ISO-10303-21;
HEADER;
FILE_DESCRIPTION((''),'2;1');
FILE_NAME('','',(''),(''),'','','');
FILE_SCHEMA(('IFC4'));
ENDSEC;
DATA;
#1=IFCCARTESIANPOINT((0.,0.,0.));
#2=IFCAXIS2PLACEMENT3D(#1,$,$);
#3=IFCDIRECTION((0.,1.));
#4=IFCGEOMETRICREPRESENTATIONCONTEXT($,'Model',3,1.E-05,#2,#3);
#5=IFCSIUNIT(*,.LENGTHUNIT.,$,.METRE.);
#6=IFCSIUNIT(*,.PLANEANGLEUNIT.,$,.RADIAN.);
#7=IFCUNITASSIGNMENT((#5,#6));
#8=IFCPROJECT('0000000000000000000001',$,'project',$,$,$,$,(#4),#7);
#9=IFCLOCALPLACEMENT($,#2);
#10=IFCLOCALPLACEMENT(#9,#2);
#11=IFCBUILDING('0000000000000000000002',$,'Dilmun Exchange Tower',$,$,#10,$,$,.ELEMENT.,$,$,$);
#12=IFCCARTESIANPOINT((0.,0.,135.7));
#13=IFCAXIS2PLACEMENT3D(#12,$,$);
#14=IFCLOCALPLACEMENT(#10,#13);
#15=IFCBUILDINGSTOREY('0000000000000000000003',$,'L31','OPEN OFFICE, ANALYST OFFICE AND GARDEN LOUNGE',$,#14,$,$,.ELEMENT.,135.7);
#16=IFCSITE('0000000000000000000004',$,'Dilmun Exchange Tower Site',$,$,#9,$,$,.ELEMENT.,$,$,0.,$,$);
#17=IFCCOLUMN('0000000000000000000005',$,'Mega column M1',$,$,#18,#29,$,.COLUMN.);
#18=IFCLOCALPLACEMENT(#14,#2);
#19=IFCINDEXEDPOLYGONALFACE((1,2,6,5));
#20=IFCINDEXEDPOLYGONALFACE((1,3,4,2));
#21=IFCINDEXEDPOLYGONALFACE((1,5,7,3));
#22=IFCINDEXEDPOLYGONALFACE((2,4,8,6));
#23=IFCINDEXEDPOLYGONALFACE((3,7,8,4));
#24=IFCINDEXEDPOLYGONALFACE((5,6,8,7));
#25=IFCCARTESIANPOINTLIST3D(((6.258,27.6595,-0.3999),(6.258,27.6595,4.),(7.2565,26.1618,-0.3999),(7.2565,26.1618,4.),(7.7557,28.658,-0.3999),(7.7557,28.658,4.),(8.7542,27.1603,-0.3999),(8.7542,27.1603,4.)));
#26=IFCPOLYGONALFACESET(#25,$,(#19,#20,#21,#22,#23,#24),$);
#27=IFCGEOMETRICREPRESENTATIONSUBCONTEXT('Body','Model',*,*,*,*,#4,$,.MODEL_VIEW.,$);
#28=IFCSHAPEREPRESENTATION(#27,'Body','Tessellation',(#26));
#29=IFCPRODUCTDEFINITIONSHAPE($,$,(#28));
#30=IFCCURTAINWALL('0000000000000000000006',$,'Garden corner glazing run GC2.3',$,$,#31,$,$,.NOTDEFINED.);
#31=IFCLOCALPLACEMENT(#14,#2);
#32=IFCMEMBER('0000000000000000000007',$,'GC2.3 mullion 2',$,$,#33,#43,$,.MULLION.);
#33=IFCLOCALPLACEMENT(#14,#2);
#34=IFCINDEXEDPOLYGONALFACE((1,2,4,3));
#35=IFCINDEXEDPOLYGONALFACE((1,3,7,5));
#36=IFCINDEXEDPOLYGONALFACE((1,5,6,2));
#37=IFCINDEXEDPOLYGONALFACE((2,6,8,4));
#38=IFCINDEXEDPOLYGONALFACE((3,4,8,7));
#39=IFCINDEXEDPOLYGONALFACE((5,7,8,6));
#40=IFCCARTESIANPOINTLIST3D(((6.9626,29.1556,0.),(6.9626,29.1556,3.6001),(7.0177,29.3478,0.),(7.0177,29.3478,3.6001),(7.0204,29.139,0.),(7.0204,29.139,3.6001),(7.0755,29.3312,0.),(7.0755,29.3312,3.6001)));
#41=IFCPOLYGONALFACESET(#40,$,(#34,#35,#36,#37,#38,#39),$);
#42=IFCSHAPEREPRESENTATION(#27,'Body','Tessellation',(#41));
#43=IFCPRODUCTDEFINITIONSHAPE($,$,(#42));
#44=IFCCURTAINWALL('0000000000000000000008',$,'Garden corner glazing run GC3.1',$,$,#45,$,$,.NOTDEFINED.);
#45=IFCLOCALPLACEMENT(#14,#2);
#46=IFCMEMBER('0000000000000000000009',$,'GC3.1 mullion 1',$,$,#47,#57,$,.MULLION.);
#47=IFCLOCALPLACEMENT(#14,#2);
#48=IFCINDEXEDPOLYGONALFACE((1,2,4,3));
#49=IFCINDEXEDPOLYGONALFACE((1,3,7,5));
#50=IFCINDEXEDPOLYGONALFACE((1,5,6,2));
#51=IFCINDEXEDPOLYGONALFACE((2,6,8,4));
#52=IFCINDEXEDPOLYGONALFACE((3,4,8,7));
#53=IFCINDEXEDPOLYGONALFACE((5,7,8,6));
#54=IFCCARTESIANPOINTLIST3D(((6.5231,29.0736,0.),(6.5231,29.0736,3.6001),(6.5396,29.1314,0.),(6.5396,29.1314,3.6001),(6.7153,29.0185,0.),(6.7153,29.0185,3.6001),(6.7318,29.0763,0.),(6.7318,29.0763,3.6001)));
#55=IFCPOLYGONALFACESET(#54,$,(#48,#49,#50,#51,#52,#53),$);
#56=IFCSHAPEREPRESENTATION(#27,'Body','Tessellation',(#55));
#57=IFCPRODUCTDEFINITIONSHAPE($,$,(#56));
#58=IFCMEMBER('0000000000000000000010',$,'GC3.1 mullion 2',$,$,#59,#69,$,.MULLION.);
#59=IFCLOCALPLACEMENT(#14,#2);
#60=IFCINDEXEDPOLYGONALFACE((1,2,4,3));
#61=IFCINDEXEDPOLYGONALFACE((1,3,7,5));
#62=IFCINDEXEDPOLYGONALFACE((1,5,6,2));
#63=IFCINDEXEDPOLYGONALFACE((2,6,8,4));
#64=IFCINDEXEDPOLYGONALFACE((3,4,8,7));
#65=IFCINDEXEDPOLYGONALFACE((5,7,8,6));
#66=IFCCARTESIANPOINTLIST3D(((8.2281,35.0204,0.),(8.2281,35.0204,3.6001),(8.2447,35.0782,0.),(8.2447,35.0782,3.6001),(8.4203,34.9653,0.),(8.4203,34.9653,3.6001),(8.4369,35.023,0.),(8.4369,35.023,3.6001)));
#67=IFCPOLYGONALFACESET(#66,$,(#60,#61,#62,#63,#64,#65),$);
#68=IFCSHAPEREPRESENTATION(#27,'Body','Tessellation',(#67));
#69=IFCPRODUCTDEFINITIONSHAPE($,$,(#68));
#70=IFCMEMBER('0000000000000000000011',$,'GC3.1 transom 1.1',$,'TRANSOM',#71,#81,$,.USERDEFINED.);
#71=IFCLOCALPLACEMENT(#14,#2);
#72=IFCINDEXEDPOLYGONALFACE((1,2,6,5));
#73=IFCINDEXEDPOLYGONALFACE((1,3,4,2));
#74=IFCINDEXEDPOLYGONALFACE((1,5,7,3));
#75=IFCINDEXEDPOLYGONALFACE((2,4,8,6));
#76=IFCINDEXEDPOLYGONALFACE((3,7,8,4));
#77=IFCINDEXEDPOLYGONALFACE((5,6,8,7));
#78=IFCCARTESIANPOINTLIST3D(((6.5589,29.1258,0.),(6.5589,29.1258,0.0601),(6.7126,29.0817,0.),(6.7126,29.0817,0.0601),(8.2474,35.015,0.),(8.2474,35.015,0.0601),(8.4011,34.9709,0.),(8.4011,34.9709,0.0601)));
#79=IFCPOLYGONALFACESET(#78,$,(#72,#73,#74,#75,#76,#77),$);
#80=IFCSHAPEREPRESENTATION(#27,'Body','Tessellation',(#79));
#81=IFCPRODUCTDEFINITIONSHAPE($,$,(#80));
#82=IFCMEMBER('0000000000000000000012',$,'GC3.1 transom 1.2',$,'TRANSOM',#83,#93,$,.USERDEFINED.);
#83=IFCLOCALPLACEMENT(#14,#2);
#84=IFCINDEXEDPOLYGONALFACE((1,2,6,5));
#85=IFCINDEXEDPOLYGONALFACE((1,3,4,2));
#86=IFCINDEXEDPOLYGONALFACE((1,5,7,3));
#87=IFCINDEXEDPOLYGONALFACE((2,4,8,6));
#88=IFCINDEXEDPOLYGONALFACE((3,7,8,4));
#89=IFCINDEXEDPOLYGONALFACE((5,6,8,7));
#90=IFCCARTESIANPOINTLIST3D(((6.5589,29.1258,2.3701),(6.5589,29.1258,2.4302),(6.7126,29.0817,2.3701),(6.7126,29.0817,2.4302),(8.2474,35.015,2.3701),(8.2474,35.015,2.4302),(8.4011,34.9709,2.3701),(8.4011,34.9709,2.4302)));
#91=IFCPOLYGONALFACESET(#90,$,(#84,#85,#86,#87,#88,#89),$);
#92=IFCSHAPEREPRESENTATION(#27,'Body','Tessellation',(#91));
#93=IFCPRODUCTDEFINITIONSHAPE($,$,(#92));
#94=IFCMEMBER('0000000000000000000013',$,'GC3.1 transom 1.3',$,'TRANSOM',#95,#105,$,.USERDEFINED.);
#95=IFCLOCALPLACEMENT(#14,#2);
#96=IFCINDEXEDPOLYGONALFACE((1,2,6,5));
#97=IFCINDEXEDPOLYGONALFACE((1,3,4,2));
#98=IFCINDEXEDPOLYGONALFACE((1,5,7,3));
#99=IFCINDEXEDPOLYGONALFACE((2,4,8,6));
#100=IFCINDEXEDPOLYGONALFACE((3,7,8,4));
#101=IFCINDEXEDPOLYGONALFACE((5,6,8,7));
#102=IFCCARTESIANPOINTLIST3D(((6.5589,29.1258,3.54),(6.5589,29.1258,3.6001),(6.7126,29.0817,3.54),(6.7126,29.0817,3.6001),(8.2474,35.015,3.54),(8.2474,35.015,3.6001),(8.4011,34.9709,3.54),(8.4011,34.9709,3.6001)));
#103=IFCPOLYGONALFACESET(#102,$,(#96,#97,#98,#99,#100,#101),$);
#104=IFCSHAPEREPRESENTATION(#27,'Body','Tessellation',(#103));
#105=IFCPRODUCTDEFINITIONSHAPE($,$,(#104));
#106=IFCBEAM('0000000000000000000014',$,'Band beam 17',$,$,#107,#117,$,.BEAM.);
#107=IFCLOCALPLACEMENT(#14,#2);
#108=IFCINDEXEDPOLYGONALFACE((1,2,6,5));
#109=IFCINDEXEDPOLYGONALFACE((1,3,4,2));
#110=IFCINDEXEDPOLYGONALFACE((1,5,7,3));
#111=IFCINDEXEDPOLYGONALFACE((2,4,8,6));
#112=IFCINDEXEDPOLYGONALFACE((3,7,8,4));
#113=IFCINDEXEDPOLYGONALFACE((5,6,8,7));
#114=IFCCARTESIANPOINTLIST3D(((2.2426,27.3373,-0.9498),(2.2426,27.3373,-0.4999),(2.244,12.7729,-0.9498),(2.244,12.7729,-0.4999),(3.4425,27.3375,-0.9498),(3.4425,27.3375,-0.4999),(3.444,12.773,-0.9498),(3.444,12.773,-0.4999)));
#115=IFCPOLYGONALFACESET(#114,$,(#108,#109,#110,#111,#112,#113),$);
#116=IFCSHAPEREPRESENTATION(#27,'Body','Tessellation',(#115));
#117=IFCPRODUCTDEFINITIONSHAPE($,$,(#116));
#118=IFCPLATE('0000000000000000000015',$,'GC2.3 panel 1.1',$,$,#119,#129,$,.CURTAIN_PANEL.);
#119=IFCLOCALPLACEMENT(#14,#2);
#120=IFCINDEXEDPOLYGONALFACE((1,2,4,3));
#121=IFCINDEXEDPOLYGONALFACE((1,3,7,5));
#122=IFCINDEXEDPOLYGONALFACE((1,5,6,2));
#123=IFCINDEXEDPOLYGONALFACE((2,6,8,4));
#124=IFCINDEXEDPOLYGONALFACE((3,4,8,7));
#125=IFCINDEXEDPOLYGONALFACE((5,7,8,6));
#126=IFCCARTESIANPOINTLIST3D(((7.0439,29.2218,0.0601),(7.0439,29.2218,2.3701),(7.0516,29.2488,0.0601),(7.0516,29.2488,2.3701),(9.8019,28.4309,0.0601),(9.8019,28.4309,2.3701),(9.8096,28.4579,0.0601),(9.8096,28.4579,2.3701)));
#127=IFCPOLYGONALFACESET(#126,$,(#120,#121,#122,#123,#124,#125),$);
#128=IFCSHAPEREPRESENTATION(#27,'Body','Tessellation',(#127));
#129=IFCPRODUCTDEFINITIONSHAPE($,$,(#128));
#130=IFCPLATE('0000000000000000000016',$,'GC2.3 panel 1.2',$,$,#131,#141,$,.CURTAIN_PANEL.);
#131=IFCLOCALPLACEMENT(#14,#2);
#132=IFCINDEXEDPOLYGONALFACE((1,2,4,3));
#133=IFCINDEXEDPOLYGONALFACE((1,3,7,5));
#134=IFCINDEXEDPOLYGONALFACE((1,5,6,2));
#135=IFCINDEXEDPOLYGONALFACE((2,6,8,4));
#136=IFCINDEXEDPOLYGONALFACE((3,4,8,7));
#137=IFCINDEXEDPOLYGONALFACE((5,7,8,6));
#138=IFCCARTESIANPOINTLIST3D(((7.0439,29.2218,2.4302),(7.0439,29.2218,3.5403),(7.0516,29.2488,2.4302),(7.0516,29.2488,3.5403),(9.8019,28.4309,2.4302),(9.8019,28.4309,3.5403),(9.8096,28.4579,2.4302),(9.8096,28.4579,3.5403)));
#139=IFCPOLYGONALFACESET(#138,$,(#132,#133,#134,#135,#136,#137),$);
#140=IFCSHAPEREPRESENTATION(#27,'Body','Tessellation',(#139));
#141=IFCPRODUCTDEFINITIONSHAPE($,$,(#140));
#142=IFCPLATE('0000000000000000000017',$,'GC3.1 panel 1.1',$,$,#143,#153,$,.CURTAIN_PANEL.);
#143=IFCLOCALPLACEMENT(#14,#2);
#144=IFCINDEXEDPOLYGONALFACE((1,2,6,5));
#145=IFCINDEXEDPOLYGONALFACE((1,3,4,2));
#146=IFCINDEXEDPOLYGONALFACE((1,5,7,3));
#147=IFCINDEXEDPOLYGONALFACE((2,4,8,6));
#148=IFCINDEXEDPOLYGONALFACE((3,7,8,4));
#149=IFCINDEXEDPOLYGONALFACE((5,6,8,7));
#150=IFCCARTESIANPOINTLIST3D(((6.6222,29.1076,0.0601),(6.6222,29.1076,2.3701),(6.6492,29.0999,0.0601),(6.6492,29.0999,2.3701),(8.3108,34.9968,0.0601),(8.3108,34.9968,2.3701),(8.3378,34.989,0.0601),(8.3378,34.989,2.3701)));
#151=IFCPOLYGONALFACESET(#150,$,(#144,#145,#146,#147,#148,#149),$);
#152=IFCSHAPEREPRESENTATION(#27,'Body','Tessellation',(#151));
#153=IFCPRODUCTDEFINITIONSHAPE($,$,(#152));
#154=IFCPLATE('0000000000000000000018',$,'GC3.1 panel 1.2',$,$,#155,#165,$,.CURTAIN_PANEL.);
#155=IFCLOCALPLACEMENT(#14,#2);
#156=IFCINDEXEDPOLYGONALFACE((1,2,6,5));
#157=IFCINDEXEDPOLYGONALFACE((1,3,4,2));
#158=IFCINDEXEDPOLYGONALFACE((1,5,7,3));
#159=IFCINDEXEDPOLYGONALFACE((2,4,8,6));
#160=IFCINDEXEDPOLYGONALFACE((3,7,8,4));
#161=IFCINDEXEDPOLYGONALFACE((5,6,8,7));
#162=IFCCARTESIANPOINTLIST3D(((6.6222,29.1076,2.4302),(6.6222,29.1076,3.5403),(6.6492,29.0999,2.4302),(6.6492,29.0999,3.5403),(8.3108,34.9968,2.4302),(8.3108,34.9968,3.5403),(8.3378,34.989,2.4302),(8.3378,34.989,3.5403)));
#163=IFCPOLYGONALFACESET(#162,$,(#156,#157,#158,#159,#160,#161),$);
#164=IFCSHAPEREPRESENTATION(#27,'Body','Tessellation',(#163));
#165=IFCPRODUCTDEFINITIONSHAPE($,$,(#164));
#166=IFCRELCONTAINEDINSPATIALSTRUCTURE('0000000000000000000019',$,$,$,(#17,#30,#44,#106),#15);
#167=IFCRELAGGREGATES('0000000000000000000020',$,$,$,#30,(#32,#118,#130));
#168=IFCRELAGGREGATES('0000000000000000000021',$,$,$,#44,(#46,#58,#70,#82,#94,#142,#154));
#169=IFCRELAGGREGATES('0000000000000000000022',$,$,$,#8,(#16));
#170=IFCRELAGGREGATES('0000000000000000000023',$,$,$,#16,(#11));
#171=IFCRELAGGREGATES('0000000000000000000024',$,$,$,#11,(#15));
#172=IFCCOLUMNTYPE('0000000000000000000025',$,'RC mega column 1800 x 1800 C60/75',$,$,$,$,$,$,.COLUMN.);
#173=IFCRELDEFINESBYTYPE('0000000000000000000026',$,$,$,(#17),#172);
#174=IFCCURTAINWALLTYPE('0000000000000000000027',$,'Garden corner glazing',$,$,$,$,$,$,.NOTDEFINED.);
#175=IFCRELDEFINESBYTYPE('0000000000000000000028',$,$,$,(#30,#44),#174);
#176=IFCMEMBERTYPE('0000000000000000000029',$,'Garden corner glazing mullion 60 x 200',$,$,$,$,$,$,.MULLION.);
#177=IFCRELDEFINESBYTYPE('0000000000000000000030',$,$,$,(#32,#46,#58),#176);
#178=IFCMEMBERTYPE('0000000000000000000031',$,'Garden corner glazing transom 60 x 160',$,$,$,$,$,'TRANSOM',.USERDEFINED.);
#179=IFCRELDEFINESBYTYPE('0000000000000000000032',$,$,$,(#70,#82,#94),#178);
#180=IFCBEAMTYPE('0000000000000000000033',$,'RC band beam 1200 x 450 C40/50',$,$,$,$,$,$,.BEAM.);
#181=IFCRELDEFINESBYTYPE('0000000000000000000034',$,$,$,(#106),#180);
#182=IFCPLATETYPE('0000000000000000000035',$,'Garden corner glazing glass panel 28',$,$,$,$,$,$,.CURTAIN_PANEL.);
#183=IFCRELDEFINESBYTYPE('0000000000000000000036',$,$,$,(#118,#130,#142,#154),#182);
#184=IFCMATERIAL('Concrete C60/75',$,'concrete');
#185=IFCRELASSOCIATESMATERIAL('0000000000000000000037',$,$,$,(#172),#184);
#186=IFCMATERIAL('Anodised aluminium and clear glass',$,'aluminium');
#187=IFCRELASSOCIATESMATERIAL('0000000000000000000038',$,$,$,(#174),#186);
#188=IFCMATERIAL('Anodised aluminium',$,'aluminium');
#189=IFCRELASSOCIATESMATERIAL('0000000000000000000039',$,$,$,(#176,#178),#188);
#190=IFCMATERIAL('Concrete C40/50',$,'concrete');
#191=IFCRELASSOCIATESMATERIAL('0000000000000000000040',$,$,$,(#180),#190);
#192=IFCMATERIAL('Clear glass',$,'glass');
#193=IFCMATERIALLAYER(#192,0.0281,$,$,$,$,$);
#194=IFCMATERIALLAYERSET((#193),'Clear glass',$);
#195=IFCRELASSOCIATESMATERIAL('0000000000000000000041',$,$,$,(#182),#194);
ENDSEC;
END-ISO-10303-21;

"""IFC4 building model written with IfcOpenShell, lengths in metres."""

from ifc_helpers import new_model, si_unit, direction, frame, origin, origin_2d, place, context, subcontext, project, spatial, rectangle, extrude, material, layer, layer_set, material_profile, profile_set, type_object, element, aggregate, save


model = new_model("IFC4")

# Units and contexts
model_context = context("Model", 3, precision=1e-05, world=origin(), true_north=direction((0.0, 1.0)))
body_context = subcontext(model_context, "Body", "Model", "MODEL_VIEW")
ifc_project = project(units=[si_unit("LENGTHUNIT", "METRE"), si_unit("PLANEANGLEUNIT", "RADIAN")], contexts=[model_context])

# Site, building, storey
site_placement = place(None, origin())
site = spatial("IfcSite", under=ifc_project, at=site_placement, Name="Dilmun Exchange Tower Site", CompositionType="ELEMENT", RefElevation=0.0)
building_placement = place(site_placement, origin())
building = spatial("IfcBuilding", under=site, at=building_placement, Name="Dilmun Exchange Tower", CompositionType="ELEMENT")
storey_placement = place(building_placement, frame((0.0, 0.0, 135.7)))
storey = spatial("IfcBuildingStorey", under=building, at=storey_placement, Name="L31", Description="OPEN OFFICE, ANALYST OFFICE AND GARDEN LOUNGE", CompositionType="ELEMENT", Elevation=135.7)

# Column
ifc_material_1 = material(Name="Concrete C60/75", Category="concrete")
ifc_material_profile_1 = material_profile(ifc_material_1, rectangle(XDim=1.8, YDim=1.8, at=origin_2d()), Name="1800 x 1800")
ifc_profile_set_1 = profile_set([ifc_material_profile_1], Name="Concrete C60/75")
column_type = type_object("IfcColumnType", Name="RC mega column 1800 x 1800 C60/75", PredefinedType="COLUMN", material=ifc_profile_set_1)
column_placement = place(storey_placement, frame((7.5061, 27.4099, -0.3999), z_axis=(0.0, 0.0, 1.0), x_axis=(0.832029, 0.554733, 0.0)))
element("IfcColumn", 1, at=column_placement, inside=storey, type_object=column_type, Name="Mega column M1", PredefinedType="COLUMN", context=body_context, shape_type="SweptSolid", body=[
    extrude(rectangle(XDim=1.8, YDim=1.8, at=origin_2d()), origin(), (0.0, 0.0, 1.0), 4.3999),
])

# Curtain wall, member
ifc_material_2 = material(Name="Anodised aluminium and clear glass", Category="aluminium")
curtain_wall_type = type_object("IfcCurtainWallType", Name="Garden corner glazing", PredefinedType="NOTDEFINED", material=ifc_material_2)
curtain_wall_1_placement = place(storey_placement, origin())
curtain_wall_1 = element("IfcCurtainWall", 2, at=curtain_wall_1_placement, inside=storey, type_object=curtain_wall_type, Name="Garden corner glazing run GC2.3", PredefinedType="NOTDEFINED")
ifc_material_3 = material(Name="Anodised aluminium", Category="aluminium")
ifc_material_profile_2 = material_profile(ifc_material_3, rectangle(XDim=0.2, YDim=0.0601, at=origin_2d()), Name="AL 60x200")
ifc_profile_set_2 = profile_set([ifc_material_profile_2], Name="Anodised aluminium")
member_type_1 = type_object("IfcMemberType", Name="Garden corner glazing mullion 60 x 200", PredefinedType="MULLION", material=ifc_profile_set_2)
member_1_placement = place(storey_placement, frame((7.019, 29.2434, 0.0), z_axis=(0.0, 0.0, 1.0), x_axis=(-0.275636, -0.961262, 0.0)))
member_1 = element("IfcMember", 3, at=member_1_placement, type_object=member_type_1, Name="GC2.3 mullion 2", PredefinedType="MULLION", context=body_context, shape_type="SweptSolid", body=[
    extrude(rectangle(XDim=0.2, YDim=0.0601, at=origin_2d()), origin(), (0.0, 0.0, 1.0), 3.6001),
])

# Curtain wall, members
curtain_wall_2_placement = place(storey_placement, origin())
curtain_wall_2 = element("IfcCurtainWall", 4, at=curtain_wall_2_placement, inside=storey, type_object=curtain_wall_type, Name="Garden corner glazing run GC3.1", PredefinedType="NOTDEFINED")
member_2_placement = place(storey_placement, frame((6.6274, 29.075, 0.0), z_axis=(0.0, 0.0, 1.0), x_axis=(-0.961264, 0.275628, 0.0)))
member_2 = element("IfcMember", 5, at=member_2_placement, type_object=member_type_1, Name="GC3.1 mullion 1", PredefinedType="MULLION", context=body_context, shape_type="SweptSolid", body=[
    extrude(rectangle(XDim=0.2, YDim=0.0601, at=origin_2d()), origin(), (0.0, 0.0, 1.0), 3.6001),
])
member_3_placement = place(storey_placement, frame((8.3325, 35.0217, 0.0), z_axis=(0.0, 0.0, 1.0), x_axis=(-0.961264, 0.275628, 0.0)))
member_3 = element("IfcMember", 6, at=member_3_placement, type_object=member_type_1, Name="GC3.1 mullion 2", PredefinedType="MULLION", context=body_context, shape_type="SweptSolid", body=[
    extrude(rectangle(XDim=0.2, YDim=0.0601, at=origin_2d()), origin(), (0.0, 0.0, 1.0), 3.6001),
])
ifc_material_profile_3 = material_profile(ifc_material_3, rectangle(XDim=0.1599, YDim=0.0601, at=origin_2d()), Name="AL 60x160")
ifc_profile_set_3 = profile_set([ifc_material_profile_3], Name="Anodised aluminium")
member_type_2 = type_object("IfcMemberType", Name="Garden corner glazing transom 60 x 160", ElementType="TRANSOM", PredefinedType="USERDEFINED", material=ifc_profile_set_3)
member_4_placement = place(storey_placement, frame((6.6357, 29.1038, 0.03), z_axis=(0.275605, 0.961271, 0.0), x_axis=(-0.961271, 0.275605, 0.0)))
member_4 = element("IfcMember", 7, at=member_4_placement, type_object=member_type_2, Name="GC3.1 transom 1.1", ObjectType="TRANSOM", PredefinedType="USERDEFINED", context=body_context, shape_type="SweptSolid", body=[
    extrude(rectangle(XDim=0.1599, YDim=0.0601, at=origin_2d()), origin(), (0.0, 0.0, 1.0), 6.1265),
])
member_5_placement = place(storey_placement, frame((6.6357, 29.1038, 2.4001), z_axis=(0.275605, 0.961271, 0.0), x_axis=(-0.961271, 0.275605, 0.0)))
member_5 = element("IfcMember", 8, at=member_5_placement, type_object=member_type_2, Name="GC3.1 transom 1.2", ObjectType="TRANSOM", PredefinedType="USERDEFINED", context=body_context, shape_type="SweptSolid", body=[
    extrude(rectangle(XDim=0.1599, YDim=0.0601, at=origin_2d()), origin(), (0.0, 0.0, 1.0), 6.1265),
])
member_6_placement = place(storey_placement, frame((6.6357, 29.1038, 3.5701), z_axis=(0.275605, 0.961271, 0.0), x_axis=(-0.961271, 0.275605, 0.0)))
member_6 = element("IfcMember", 9, at=member_6_placement, type_object=member_type_2, Name="GC3.1 transom 1.3", ObjectType="TRANSOM", PredefinedType="USERDEFINED", context=body_context, shape_type="SweptSolid", body=[
    extrude(rectangle(XDim=0.1599, YDim=0.0601, at=origin_2d()), origin(), (0.0, 0.0, 1.0), 6.1265),
])

# Beam
ifc_material_4 = material(Name="Concrete C40/50", Category="concrete")
ifc_material_profile_4 = material_profile(ifc_material_4, rectangle(XDim=1.2, YDim=0.45, at=origin_2d()), Name="1200 x 450")
ifc_profile_set_4 = profile_set([ifc_material_profile_4], Name="Concrete C40/50")
beam_type = type_object("IfcBeamType", Name="RC band beam 1200 x 450 C40/50", PredefinedType="BEAM", material=ifc_profile_set_4)
beam_placement = place(storey_placement, frame((2.8425, 27.3374, -0.7249), z_axis=(0.000101, -1.0, 0.0), x_axis=(1.0, 0.000101, 0.0)))
element("IfcBeam", 10, at=beam_placement, inside=storey, type_object=beam_type, Name="Band beam 17", PredefinedType="BEAM", context=body_context, shape_type="SweptSolid", body=[
    extrude(rectangle(XDim=1.2, YDim=0.45, at=origin_2d()), origin(), (0.0, 0.0, 1.0), 14.5645),
])

# Plates
ifc_material_5 = material(Name="Clear glass", Category="glass")
ifc_layer_1 = layer(ifc_material_5, 0.0281)
ifc_layer_set_1 = layer_set([ifc_layer_1], Name="Clear glass")
plate_type = type_object("IfcPlateType", Name="Garden corner glazing glass panel 28", PredefinedType="CURTAIN_PANEL", material=ifc_layer_set_1)
plate_1_placement = place(storey_placement, frame((8.4268, 28.8398, 0.0601), z_axis=(0.0, 0.0, 1.0), x_axis=(-0.961262, 0.275636, 0.0)))
plate_1 = element("IfcPlate", 11, at=plate_1_placement, type_object=plate_type, Name="GC2.3 panel 1.1", PredefinedType="CURTAIN_PANEL", context=body_context, shape_type="SweptSolid", body=[
    extrude(rectangle(XDim=2.8691, YDim=0.0281, at=origin_2d()), origin(), (0.0, 0.0, 1.0), 2.3101),
])
plate_2_placement = place(storey_placement, frame((8.4268, 28.8398, 2.4302), z_axis=(0.0, 0.0, 1.0), x_axis=(-0.961262, 0.275636, 0.0)))
plate_2 = element("IfcPlate", 12, at=plate_2_placement, type_object=plate_type, Name="GC2.3 panel 1.2", PredefinedType="CURTAIN_PANEL", context=body_context, shape_type="SweptSolid", body=[
    extrude(rectangle(XDim=2.8691, YDim=0.0281, at=origin_2d()), origin(), (0.0, 0.0, 1.0), 1.1101),
])
aggregate(curtain_wall_1, [member_1, plate_1, plate_2])
plate_3_placement = place(storey_placement, frame((7.48, 32.0483, 0.0601), z_axis=(0.0, 0.0, 1.0), x_axis=(0.275628, 0.961264, 0.0)))
plate_3 = element("IfcPlate", 13, at=plate_3_placement, type_object=plate_type, Name="GC3.1 panel 1.1", PredefinedType="CURTAIN_PANEL", context=body_context, shape_type="SweptSolid", body=[
    extrude(rectangle(XDim=6.1265, YDim=0.0281, at=origin_2d()), origin(), (0.0, 0.0, 1.0), 2.3101),
])
plate_4_placement = place(storey_placement, frame((7.48, 32.0483, 2.4302), z_axis=(0.0, 0.0, 1.0), x_axis=(0.275628, 0.961264, 0.0)))
plate_4 = element("IfcPlate", 14, at=plate_4_placement, type_object=plate_type, Name="GC3.1 panel 1.2", PredefinedType="CURTAIN_PANEL", context=body_context, shape_type="SweptSolid", body=[
    extrude(rectangle(XDim=6.1265, YDim=0.0281, at=origin_2d()), origin(), (0.0, 0.0, 1.0), 1.1101),
])
aggregate(curtain_wall_2, [member_2, member_3, member_4, member_5, member_6, plate_3, plate_4])

save(model, "model.ifc")
